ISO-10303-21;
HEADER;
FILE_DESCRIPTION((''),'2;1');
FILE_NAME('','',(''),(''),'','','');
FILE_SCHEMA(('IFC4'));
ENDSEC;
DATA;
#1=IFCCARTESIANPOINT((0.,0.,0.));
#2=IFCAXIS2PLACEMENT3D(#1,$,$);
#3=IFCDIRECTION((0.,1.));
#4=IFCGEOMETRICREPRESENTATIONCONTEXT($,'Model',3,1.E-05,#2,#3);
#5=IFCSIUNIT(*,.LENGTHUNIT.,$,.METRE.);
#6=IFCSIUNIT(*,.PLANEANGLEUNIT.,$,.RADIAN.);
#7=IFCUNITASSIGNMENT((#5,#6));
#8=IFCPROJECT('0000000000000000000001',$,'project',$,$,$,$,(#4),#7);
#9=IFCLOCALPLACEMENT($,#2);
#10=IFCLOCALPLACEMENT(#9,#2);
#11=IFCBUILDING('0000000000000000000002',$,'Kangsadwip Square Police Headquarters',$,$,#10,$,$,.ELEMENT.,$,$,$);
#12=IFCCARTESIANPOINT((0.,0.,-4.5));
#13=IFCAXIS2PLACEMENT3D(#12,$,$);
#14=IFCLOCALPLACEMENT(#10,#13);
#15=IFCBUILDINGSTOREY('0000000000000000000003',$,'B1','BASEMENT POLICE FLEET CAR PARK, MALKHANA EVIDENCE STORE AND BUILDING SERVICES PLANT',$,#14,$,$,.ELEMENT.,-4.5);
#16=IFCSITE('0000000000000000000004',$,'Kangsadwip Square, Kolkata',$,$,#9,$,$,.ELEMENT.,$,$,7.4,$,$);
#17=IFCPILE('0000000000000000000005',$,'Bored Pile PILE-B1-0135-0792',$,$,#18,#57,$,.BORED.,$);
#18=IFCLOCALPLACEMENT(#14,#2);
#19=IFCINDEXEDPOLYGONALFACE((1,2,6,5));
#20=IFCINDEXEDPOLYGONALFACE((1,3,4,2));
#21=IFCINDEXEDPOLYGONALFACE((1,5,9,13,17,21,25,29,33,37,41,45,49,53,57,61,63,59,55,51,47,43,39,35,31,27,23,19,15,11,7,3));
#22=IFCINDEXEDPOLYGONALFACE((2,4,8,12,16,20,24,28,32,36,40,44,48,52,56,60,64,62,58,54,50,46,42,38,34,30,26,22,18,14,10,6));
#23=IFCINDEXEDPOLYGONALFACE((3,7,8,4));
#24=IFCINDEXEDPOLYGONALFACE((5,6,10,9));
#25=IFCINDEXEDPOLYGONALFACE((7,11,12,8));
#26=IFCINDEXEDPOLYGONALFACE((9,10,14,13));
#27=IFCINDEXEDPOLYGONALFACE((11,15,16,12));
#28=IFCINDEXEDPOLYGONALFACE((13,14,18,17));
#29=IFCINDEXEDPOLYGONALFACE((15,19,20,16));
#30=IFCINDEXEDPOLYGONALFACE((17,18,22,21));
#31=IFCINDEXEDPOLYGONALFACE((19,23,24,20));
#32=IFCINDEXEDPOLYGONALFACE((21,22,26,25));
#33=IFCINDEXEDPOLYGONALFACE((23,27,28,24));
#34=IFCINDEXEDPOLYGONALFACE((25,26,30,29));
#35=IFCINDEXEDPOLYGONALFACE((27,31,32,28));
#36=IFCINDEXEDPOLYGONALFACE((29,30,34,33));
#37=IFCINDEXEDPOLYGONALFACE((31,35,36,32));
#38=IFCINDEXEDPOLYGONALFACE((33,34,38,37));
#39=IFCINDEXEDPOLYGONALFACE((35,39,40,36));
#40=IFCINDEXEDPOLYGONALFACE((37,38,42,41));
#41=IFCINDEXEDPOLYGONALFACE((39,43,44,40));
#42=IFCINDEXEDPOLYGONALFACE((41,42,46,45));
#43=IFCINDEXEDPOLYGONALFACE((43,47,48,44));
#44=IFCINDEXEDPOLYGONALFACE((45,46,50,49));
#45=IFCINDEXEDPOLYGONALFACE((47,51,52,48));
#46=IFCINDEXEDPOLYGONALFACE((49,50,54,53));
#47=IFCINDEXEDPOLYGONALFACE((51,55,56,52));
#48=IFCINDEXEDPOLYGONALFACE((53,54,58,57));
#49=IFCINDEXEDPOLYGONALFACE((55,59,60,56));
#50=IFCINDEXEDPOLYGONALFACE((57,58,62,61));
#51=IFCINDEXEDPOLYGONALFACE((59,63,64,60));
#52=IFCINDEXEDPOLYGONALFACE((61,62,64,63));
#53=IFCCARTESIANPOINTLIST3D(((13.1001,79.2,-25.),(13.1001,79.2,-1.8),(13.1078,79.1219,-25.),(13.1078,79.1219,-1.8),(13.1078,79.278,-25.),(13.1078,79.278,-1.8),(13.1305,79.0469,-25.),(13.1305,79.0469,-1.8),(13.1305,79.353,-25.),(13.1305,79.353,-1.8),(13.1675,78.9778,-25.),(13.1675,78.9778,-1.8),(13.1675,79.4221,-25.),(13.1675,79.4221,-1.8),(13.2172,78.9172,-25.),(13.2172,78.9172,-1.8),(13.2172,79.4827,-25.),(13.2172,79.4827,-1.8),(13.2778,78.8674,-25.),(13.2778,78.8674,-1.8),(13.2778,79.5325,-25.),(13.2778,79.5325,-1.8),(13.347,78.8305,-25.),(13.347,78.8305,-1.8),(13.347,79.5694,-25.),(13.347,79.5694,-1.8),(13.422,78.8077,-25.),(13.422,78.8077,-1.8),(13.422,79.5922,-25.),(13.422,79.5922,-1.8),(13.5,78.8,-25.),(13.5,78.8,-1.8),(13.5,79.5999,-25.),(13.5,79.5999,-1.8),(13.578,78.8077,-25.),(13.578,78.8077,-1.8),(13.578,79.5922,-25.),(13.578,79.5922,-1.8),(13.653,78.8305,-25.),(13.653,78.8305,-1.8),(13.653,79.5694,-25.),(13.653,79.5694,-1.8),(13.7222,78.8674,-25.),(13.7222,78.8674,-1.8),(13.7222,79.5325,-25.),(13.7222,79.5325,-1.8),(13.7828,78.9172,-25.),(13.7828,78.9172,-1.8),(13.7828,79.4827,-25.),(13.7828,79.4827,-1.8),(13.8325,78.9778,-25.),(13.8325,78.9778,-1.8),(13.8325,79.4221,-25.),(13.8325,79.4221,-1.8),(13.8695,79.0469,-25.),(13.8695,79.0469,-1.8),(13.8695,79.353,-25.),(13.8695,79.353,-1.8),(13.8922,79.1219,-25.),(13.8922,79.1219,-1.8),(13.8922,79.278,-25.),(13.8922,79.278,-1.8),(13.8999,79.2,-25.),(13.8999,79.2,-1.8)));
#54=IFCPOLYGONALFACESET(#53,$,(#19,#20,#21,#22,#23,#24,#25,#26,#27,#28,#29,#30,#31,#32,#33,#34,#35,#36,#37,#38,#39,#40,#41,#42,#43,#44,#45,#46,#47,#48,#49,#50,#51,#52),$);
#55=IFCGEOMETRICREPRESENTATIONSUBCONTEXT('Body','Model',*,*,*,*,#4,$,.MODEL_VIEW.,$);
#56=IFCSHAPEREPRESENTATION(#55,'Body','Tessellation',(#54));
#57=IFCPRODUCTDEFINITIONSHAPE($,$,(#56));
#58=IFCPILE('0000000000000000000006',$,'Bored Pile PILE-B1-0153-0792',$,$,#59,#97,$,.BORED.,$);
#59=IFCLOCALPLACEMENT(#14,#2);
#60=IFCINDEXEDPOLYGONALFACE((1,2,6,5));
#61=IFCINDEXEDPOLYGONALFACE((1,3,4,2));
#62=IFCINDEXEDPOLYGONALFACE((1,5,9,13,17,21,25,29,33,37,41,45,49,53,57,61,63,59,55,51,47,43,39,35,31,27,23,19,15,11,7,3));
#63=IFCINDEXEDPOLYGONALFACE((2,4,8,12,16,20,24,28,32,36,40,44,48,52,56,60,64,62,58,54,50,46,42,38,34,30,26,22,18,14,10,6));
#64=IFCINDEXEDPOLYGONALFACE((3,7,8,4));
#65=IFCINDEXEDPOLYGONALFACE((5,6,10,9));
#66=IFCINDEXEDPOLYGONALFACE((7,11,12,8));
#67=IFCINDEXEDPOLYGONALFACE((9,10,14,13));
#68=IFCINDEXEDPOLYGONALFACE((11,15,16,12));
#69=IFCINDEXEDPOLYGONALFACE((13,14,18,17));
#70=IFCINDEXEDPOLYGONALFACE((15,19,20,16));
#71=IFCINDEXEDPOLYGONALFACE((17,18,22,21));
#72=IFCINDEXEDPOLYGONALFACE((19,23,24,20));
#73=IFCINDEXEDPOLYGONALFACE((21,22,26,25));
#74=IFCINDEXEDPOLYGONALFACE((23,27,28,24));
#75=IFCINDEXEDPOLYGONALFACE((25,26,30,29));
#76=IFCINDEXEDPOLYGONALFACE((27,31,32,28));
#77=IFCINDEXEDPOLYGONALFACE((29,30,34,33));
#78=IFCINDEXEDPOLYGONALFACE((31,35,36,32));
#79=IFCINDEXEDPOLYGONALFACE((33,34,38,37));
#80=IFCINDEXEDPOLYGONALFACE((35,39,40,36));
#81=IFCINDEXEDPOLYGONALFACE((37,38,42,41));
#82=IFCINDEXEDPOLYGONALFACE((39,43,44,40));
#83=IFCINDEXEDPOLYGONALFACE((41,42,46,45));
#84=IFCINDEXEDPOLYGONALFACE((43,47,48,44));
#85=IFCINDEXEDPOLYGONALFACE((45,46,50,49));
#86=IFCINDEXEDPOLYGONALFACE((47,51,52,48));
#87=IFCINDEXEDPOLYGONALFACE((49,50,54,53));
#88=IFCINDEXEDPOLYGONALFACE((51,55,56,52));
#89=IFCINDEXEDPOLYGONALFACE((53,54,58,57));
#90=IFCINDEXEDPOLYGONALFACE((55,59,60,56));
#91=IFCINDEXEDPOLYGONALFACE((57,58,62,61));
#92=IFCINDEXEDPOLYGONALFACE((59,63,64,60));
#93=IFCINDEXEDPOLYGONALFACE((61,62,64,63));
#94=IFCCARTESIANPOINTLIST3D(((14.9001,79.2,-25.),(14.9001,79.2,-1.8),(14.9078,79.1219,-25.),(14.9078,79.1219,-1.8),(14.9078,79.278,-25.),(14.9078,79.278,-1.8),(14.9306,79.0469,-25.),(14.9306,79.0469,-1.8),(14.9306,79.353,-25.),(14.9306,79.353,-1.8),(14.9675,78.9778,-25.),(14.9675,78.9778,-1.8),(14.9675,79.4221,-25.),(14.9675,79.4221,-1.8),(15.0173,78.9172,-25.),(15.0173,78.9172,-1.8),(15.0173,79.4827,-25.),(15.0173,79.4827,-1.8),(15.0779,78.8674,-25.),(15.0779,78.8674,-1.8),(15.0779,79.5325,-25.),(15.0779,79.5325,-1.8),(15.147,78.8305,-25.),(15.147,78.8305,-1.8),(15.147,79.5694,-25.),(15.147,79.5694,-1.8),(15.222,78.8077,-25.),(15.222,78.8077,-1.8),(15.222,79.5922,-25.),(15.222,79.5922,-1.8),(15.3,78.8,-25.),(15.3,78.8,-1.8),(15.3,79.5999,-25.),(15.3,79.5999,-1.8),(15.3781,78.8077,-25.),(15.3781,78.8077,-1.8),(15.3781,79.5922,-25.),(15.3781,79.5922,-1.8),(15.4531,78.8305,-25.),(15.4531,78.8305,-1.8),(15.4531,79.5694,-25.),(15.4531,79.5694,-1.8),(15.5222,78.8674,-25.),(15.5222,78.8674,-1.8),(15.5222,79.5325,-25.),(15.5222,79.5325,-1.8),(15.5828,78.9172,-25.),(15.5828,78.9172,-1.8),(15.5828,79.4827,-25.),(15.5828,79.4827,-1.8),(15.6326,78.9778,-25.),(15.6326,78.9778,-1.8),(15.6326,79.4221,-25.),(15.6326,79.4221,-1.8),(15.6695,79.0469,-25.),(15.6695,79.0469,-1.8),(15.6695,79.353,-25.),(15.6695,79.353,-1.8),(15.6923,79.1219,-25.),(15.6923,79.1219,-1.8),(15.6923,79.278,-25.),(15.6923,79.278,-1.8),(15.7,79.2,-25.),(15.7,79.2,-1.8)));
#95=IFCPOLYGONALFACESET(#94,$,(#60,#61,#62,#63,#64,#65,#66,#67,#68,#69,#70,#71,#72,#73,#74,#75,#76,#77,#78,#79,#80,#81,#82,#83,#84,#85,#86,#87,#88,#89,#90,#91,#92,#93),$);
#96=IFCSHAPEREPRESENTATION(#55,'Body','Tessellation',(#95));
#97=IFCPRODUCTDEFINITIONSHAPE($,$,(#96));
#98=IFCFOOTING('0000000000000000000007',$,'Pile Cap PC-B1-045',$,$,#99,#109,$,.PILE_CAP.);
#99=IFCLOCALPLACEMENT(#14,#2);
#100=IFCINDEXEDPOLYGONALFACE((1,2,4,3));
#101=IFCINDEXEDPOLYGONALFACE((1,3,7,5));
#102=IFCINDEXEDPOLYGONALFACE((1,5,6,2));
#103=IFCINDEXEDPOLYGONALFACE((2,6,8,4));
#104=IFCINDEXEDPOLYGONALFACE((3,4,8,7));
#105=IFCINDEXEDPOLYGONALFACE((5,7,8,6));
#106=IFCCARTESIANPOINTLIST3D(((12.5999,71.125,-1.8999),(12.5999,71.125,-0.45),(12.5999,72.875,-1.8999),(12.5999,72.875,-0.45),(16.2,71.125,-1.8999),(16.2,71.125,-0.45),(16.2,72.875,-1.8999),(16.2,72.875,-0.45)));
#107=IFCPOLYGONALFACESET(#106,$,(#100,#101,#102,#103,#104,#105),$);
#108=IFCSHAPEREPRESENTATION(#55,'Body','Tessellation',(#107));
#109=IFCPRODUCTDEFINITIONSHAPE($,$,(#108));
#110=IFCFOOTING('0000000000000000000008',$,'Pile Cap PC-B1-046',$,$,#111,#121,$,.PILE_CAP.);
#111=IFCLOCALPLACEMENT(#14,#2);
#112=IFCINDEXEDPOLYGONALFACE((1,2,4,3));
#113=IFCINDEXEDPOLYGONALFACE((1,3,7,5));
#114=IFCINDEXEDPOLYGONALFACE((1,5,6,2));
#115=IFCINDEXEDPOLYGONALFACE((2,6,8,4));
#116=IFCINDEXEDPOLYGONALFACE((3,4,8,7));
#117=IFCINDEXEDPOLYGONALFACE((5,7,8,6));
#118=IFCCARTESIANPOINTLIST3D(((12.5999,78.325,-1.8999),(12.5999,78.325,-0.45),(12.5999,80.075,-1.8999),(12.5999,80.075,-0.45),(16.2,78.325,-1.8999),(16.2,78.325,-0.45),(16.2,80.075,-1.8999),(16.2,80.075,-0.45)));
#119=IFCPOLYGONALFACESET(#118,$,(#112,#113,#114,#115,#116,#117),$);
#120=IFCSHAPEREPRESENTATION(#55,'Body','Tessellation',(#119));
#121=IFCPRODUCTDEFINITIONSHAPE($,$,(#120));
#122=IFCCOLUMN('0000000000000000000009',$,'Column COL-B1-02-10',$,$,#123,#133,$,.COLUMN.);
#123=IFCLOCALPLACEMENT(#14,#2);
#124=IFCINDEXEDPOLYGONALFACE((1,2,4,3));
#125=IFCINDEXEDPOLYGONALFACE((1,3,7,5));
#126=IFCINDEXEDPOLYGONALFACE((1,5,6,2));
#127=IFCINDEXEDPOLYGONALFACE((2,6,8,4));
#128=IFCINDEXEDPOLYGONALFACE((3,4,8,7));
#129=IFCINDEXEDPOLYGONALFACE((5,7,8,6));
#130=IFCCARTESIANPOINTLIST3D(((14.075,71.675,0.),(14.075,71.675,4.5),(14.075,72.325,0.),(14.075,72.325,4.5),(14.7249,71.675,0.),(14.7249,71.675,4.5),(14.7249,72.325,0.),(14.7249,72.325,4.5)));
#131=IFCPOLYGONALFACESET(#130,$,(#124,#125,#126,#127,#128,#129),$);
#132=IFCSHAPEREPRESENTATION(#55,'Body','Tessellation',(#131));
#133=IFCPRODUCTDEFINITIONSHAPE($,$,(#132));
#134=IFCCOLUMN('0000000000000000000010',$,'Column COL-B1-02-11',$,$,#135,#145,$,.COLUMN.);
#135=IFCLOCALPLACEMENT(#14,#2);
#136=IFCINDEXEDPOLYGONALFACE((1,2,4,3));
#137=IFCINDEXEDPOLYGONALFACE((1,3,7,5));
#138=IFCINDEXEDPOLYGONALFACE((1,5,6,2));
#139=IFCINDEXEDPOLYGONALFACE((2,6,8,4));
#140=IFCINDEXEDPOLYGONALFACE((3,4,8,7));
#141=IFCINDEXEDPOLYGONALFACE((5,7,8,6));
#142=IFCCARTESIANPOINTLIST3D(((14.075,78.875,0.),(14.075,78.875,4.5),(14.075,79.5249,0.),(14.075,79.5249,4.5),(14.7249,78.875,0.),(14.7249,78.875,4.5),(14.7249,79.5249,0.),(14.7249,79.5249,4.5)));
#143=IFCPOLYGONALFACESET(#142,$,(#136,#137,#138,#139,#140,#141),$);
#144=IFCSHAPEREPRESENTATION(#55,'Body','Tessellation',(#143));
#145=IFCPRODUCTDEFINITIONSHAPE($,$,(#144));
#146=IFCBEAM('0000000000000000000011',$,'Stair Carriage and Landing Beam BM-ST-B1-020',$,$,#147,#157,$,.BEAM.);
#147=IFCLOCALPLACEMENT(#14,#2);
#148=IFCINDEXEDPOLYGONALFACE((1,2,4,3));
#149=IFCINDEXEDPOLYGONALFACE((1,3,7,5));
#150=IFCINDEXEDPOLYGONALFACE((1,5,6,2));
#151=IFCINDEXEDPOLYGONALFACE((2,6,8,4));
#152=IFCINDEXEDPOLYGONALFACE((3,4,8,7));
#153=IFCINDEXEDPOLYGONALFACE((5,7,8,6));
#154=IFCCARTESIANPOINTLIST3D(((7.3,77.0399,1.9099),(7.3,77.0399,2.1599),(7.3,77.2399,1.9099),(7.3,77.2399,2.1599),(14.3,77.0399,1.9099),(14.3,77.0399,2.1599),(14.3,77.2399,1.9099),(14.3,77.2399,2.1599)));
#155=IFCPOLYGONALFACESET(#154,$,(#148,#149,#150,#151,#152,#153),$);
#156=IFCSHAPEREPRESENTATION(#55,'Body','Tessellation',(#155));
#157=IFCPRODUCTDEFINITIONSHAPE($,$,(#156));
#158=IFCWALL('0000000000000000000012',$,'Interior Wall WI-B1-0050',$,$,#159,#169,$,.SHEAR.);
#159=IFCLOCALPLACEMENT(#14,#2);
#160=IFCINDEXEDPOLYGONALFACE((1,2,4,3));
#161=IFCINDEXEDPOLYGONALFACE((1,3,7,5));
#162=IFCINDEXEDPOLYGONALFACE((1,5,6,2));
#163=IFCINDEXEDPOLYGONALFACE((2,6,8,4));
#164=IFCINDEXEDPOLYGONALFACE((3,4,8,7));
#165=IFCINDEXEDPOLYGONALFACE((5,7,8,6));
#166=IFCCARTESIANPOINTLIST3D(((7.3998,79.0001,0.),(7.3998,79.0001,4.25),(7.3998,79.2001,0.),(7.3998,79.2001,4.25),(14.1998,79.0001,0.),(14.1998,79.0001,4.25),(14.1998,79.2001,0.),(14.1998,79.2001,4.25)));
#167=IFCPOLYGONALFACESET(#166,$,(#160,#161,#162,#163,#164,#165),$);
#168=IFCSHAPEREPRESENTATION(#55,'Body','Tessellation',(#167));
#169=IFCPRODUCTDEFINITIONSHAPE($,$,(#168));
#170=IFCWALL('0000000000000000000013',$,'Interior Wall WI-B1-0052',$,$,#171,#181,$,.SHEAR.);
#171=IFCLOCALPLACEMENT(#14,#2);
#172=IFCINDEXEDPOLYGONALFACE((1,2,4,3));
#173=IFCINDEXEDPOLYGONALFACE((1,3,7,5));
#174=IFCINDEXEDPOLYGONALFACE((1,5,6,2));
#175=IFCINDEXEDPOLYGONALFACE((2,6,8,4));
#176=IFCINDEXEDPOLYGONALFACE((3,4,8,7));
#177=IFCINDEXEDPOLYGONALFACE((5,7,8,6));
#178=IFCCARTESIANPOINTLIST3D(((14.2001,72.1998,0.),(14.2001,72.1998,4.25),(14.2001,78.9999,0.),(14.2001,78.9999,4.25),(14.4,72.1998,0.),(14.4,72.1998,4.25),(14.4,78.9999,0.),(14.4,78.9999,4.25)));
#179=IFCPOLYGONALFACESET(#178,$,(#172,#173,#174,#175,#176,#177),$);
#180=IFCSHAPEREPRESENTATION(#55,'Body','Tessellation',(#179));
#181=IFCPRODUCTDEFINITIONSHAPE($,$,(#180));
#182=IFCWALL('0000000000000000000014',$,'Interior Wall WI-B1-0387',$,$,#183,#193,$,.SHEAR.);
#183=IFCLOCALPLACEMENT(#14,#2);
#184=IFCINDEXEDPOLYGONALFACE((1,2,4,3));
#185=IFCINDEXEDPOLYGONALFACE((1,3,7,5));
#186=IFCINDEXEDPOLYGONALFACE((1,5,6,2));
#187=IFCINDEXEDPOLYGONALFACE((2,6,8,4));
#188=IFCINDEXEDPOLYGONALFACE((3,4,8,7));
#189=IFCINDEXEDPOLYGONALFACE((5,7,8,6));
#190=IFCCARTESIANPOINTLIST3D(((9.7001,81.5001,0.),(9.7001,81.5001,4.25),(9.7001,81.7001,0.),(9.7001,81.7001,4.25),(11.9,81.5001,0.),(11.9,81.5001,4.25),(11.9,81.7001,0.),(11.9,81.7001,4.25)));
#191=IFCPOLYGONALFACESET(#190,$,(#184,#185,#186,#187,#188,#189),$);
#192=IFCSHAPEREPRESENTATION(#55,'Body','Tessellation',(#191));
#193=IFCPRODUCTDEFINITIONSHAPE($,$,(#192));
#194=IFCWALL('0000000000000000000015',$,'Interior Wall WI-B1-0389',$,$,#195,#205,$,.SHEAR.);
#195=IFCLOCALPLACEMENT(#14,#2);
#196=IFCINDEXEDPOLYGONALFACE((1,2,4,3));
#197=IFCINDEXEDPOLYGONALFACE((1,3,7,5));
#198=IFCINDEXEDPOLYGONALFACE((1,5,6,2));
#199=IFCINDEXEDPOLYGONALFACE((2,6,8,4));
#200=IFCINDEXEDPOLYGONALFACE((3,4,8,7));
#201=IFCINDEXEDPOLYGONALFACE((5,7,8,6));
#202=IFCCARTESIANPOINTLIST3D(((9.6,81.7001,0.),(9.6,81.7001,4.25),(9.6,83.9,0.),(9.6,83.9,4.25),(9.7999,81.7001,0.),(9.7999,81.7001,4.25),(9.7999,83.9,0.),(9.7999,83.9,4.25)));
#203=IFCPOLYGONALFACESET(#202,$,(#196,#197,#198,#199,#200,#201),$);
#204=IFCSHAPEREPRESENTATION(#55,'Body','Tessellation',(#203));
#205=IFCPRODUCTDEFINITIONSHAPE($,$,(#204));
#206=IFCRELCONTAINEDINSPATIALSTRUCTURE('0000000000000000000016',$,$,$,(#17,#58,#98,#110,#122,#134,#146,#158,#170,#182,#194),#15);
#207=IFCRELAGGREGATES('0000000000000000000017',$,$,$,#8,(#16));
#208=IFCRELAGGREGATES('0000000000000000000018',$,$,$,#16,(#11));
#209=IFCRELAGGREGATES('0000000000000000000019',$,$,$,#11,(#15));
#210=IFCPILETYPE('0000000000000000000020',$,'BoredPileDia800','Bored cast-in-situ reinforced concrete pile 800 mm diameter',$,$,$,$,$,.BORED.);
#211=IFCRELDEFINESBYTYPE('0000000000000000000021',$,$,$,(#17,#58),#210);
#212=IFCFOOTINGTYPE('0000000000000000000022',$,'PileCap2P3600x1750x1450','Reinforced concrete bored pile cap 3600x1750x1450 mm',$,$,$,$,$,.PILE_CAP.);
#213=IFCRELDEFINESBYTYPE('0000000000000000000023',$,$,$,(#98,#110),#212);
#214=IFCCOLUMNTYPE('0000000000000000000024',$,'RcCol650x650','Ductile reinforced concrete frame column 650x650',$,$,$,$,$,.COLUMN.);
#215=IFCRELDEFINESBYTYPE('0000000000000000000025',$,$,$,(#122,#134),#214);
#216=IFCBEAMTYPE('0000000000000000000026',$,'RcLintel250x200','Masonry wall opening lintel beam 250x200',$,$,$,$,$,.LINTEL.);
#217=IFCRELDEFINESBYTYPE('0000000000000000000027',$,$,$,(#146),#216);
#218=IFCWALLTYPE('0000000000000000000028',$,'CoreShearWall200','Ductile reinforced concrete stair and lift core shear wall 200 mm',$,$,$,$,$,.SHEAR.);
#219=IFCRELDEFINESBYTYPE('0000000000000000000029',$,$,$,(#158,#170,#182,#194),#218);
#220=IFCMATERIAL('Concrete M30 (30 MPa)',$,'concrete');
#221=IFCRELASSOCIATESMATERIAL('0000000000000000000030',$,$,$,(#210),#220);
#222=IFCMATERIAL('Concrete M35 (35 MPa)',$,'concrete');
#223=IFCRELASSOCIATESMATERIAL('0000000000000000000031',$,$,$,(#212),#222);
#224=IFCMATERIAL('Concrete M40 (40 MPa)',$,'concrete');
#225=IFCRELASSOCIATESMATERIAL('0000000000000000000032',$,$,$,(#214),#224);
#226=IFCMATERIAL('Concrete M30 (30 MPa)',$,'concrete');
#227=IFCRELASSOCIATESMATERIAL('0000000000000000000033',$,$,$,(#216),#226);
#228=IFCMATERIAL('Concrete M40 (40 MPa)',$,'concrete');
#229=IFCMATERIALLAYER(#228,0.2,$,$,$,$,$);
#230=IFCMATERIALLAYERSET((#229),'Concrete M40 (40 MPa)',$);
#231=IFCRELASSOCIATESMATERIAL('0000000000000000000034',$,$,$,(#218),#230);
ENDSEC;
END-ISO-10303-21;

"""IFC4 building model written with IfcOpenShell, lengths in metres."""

from ifc_helpers import new_model, si_unit, direction, frame, frame_2d, origin, origin_2d, place, context, subcontext, project, spatial, rectangle, circle, extrude, material, layer, layer_set, material_profile, profile_set, type_object, element, save


model = new_model("IFC4")

# Units and contexts
model_context = context("Model", 3, precision=1e-05, world=origin(), true_north=direction((0.0, 1.0)))
body_context = subcontext(model_context, "Body", "Model", "MODEL_VIEW")
ifc_project = project(units=[si_unit("LENGTHUNIT", "METRE"), si_unit("PLANEANGLEUNIT", "RADIAN")], contexts=[model_context])

# Site, building, storey
site_placement = place(None, origin())
site = spatial("IfcSite", under=ifc_project, at=site_placement, Name="Kangsadwip Square, Kolkata", CompositionType="ELEMENT", RefElevation=7.4)
building_placement = place(site_placement, origin())
building = spatial("IfcBuilding", under=site, at=building_placement, Name="Kangsadwip Square Police Headquarters", CompositionType="ELEMENT")
storey_placement = place(building_placement, frame((0.0, 0.0, -4.5)))
storey = spatial("IfcBuildingStorey", under=building, at=storey_placement, Name="B1", Description="BASEMENT POLICE FLEET CAR PARK, MALKHANA EVIDENCE STORE AND BUILDING SERVICES PLANT", CompositionType="ELEMENT", Elevation=-4.5)

# Piles
ifc_material_1 = material(Name="Concrete M30 (30 MPa)", Category="concrete")
ifc_material_profile_1 = material_profile(ifc_material_1, circle(Radius=0.3999, at=origin_2d()), Name="PILE DIA 800")
ifc_profile_set_1 = profile_set([ifc_material_profile_1], Name="Concrete M30 (30 MPa)")
pile_type_1 = type_object("IfcPileType", Name="BoredPileDia800", Description="Bored cast-in-situ reinforced concrete pile 800 mm diameter", PredefinedType="BORED", material=ifc_profile_set_1)
for number, where, z_axis, x_axis, name in (
    (1, (13.5, 79.2, -1.8), (0.0, 0.0, -1.0), (1.0, 0.0, 0.0), "Bored Pile PILE-B1-0135-0792"),
    (2, (15.3, 79.2, -1.8), (0.0, 0.0, -1.0), (1.0, 0.0, 0.0), "Bored Pile PILE-B1-0153-0792"),
):
    element("IfcPile", number, at=place(storey_placement, frame(where, z_axis=z_axis, x_axis=x_axis)), inside=storey, type_object=pile_type_1, Name=name, PredefinedType="BORED", context=body_context, shape_type="SweptSolid", body=[
        extrude(circle(Radius=0.3999, at=origin_2d()), origin(), (0.0, 0.0, 1.0), 23.2),
    ])

# Footings
ifc_material_2 = material(Name="Concrete M35 (35 MPa)", Category="concrete")
footing_type = type_object("IfcFootingType", Name="PileCap2P3600x1750x1450", Description="Reinforced concrete bored pile cap 3600x1750x1450 mm", PredefinedType="PILE_CAP", material=ifc_material_2)
for number, where, z_axis, x_axis, name in (
    (3, (14.3999, 72.0, -1.8999), (0.0, 0.0, 1.0), (1.0, 0.0, 0.0), "Pile Cap PC-B1-045"),
    (4, (14.3999, 79.2, -1.8999), (0.0, 0.0, 1.0), (1.0, 0.0, 0.0), "Pile Cap PC-B1-046"),
):
    element("IfcFooting", number, at=place(storey_placement, frame(where, z_axis=z_axis, x_axis=x_axis)), inside=storey, type_object=footing_type, Name=name, PredefinedType="PILE_CAP", context=body_context, shape_type="SweptSolid", body=[
        extrude(rectangle(XDim=3.6001, YDim=1.75, at=origin_2d()), origin(), (0.0, 0.0, 1.0), 1.45),
    ])

# Columns
ifc_material_3 = material(Name="Concrete M40 (40 MPa)", Category="concrete")
ifc_material_profile_2 = material_profile(ifc_material_3, rectangle(XDim=0.6499, YDim=0.6499, at=origin_2d()), Name="RC COL 650X650")
ifc_profile_set_2 = profile_set([ifc_material_profile_2], Name="Concrete M40 (40 MPa)")
column_type = type_object("IfcColumnType", Name="RcCol650x650", Description="Ductile reinforced concrete frame column 650x650", PredefinedType="COLUMN", material=ifc_profile_set_2)
for number, where, z_axis, x_axis, name in (
    (5, (14.3999, 72.0, 0.0), (0.0, 0.0, 1.0), (1.0, 0.0, 0.0), "Column COL-B1-02-10"),
    (6, (14.3999, 79.2, 0.0), (0.0, 0.0, 1.0), (1.0, 0.0, 0.0), "Column COL-B1-02-11"),
):
    element("IfcColumn", number, at=place(storey_placement, frame(where, z_axis=z_axis, x_axis=x_axis)), inside=storey, type_object=column_type, Name=name, PredefinedType="COLUMN", context=body_context, shape_type="SweptSolid", body=[
        extrude(rectangle(XDim=0.6499, YDim=0.6499, at=origin_2d()), origin(), (0.0, 0.0, 1.0), 4.5),
    ])

# Beam
ifc_material_4 = material(Name="Concrete M30 (30 MPa)", Category="concrete")
ifc_material_profile_3 = material_profile(ifc_material_4, rectangle(XDim=0.2, YDim=0.25, at=origin_2d()), Name="RC LNT 250X200")
ifc_profile_set_3 = profile_set([ifc_material_profile_3], Name="Concrete M30 (30 MPa)")
beam_type = type_object("IfcBeamType", Name="RcLintel250x200", Description="Masonry wall opening lintel beam 250x200", PredefinedType="LINTEL", material=ifc_profile_set_3)
beam_placement = place(storey_placement, frame((7.3, 77.1399, 2.0349), z_axis=(1.0, 0.0, 0.0), x_axis=(0.0, 1.0, 0.0)))
element("IfcBeam", 7, at=beam_placement, inside=storey, type_object=beam_type, Name="Stair Carriage and Landing Beam BM-ST-B1-020", PredefinedType="BEAM", context=body_context, shape_type="SweptSolid", body=[
    extrude(rectangle(XDim=0.2, YDim=0.25, at=origin_2d()), origin(), (0.0, 0.0, 1.0), 7.0),
])

# Shared definitions
ifc_material_5 = material(Name="Concrete M40 (40 MPa)", Category="concrete")
ifc_layer = layer(ifc_material_5, 0.2)
ifc_layer_set = layer_set([ifc_layer], Name="Concrete M40 (40 MPa)")
wall_type = type_object("IfcWallType", Name="CoreShearWall200", Description="Ductile reinforced concrete stair and lift core shear wall 200 mm", PredefinedType="SHEAR", material=ifc_layer_set)

# Walls
for number, where, z_axis, x_axis, name in (
    (8, (7.3999, 79.1001, 0.0), (0.0, 0.0, 1.0), (1.0, 0.0, 0.0), "Interior Wall WI-B1-0050"),
    (9, (14.3, 72.2, 0.0), (0.0, 0.0, 1.0), (0.0, 1.0, 0.0), "Interior Wall WI-B1-0052"),
):
    element("IfcWall", number, at=place(storey_placement, frame(where, z_axis=z_axis, x_axis=x_axis)), inside=storey, type_object=wall_type, Name=name, PredefinedType="SHEAR", context=body_context, shape_type="SweptSolid", body=[
        extrude(rectangle(XDim=6.8, YDim=0.2, at=frame_2d((3.3999, 0.0))), origin(), (0.0, 0.0, 1.0), 4.25),
    ])
for number, where, z_axis, x_axis, name in (
    (10, (9.7, 81.6001, 0.0), (0.0, 0.0, 1.0), (1.0, 0.0, 0.0), "Interior Wall WI-B1-0387"),
    (11, (9.7, 81.7, 0.0), (0.0, 0.0, 1.0), (0.0, 1.0, 0.0), "Interior Wall WI-B1-0389"),
):
    element("IfcWall", number, at=place(storey_placement, frame(where, z_axis=z_axis, x_axis=x_axis)), inside=storey, type_object=wall_type, Name=name, PredefinedType="SHEAR", context=body_context, shape_type="SweptSolid", body=[
        extrude(rectangle(XDim=2.2, YDim=0.2, at=frame_2d((1.1001, 0.0))), origin(), (0.0, 0.0, 1.0), 4.25),
    ])

save(model, "model.ifc")
